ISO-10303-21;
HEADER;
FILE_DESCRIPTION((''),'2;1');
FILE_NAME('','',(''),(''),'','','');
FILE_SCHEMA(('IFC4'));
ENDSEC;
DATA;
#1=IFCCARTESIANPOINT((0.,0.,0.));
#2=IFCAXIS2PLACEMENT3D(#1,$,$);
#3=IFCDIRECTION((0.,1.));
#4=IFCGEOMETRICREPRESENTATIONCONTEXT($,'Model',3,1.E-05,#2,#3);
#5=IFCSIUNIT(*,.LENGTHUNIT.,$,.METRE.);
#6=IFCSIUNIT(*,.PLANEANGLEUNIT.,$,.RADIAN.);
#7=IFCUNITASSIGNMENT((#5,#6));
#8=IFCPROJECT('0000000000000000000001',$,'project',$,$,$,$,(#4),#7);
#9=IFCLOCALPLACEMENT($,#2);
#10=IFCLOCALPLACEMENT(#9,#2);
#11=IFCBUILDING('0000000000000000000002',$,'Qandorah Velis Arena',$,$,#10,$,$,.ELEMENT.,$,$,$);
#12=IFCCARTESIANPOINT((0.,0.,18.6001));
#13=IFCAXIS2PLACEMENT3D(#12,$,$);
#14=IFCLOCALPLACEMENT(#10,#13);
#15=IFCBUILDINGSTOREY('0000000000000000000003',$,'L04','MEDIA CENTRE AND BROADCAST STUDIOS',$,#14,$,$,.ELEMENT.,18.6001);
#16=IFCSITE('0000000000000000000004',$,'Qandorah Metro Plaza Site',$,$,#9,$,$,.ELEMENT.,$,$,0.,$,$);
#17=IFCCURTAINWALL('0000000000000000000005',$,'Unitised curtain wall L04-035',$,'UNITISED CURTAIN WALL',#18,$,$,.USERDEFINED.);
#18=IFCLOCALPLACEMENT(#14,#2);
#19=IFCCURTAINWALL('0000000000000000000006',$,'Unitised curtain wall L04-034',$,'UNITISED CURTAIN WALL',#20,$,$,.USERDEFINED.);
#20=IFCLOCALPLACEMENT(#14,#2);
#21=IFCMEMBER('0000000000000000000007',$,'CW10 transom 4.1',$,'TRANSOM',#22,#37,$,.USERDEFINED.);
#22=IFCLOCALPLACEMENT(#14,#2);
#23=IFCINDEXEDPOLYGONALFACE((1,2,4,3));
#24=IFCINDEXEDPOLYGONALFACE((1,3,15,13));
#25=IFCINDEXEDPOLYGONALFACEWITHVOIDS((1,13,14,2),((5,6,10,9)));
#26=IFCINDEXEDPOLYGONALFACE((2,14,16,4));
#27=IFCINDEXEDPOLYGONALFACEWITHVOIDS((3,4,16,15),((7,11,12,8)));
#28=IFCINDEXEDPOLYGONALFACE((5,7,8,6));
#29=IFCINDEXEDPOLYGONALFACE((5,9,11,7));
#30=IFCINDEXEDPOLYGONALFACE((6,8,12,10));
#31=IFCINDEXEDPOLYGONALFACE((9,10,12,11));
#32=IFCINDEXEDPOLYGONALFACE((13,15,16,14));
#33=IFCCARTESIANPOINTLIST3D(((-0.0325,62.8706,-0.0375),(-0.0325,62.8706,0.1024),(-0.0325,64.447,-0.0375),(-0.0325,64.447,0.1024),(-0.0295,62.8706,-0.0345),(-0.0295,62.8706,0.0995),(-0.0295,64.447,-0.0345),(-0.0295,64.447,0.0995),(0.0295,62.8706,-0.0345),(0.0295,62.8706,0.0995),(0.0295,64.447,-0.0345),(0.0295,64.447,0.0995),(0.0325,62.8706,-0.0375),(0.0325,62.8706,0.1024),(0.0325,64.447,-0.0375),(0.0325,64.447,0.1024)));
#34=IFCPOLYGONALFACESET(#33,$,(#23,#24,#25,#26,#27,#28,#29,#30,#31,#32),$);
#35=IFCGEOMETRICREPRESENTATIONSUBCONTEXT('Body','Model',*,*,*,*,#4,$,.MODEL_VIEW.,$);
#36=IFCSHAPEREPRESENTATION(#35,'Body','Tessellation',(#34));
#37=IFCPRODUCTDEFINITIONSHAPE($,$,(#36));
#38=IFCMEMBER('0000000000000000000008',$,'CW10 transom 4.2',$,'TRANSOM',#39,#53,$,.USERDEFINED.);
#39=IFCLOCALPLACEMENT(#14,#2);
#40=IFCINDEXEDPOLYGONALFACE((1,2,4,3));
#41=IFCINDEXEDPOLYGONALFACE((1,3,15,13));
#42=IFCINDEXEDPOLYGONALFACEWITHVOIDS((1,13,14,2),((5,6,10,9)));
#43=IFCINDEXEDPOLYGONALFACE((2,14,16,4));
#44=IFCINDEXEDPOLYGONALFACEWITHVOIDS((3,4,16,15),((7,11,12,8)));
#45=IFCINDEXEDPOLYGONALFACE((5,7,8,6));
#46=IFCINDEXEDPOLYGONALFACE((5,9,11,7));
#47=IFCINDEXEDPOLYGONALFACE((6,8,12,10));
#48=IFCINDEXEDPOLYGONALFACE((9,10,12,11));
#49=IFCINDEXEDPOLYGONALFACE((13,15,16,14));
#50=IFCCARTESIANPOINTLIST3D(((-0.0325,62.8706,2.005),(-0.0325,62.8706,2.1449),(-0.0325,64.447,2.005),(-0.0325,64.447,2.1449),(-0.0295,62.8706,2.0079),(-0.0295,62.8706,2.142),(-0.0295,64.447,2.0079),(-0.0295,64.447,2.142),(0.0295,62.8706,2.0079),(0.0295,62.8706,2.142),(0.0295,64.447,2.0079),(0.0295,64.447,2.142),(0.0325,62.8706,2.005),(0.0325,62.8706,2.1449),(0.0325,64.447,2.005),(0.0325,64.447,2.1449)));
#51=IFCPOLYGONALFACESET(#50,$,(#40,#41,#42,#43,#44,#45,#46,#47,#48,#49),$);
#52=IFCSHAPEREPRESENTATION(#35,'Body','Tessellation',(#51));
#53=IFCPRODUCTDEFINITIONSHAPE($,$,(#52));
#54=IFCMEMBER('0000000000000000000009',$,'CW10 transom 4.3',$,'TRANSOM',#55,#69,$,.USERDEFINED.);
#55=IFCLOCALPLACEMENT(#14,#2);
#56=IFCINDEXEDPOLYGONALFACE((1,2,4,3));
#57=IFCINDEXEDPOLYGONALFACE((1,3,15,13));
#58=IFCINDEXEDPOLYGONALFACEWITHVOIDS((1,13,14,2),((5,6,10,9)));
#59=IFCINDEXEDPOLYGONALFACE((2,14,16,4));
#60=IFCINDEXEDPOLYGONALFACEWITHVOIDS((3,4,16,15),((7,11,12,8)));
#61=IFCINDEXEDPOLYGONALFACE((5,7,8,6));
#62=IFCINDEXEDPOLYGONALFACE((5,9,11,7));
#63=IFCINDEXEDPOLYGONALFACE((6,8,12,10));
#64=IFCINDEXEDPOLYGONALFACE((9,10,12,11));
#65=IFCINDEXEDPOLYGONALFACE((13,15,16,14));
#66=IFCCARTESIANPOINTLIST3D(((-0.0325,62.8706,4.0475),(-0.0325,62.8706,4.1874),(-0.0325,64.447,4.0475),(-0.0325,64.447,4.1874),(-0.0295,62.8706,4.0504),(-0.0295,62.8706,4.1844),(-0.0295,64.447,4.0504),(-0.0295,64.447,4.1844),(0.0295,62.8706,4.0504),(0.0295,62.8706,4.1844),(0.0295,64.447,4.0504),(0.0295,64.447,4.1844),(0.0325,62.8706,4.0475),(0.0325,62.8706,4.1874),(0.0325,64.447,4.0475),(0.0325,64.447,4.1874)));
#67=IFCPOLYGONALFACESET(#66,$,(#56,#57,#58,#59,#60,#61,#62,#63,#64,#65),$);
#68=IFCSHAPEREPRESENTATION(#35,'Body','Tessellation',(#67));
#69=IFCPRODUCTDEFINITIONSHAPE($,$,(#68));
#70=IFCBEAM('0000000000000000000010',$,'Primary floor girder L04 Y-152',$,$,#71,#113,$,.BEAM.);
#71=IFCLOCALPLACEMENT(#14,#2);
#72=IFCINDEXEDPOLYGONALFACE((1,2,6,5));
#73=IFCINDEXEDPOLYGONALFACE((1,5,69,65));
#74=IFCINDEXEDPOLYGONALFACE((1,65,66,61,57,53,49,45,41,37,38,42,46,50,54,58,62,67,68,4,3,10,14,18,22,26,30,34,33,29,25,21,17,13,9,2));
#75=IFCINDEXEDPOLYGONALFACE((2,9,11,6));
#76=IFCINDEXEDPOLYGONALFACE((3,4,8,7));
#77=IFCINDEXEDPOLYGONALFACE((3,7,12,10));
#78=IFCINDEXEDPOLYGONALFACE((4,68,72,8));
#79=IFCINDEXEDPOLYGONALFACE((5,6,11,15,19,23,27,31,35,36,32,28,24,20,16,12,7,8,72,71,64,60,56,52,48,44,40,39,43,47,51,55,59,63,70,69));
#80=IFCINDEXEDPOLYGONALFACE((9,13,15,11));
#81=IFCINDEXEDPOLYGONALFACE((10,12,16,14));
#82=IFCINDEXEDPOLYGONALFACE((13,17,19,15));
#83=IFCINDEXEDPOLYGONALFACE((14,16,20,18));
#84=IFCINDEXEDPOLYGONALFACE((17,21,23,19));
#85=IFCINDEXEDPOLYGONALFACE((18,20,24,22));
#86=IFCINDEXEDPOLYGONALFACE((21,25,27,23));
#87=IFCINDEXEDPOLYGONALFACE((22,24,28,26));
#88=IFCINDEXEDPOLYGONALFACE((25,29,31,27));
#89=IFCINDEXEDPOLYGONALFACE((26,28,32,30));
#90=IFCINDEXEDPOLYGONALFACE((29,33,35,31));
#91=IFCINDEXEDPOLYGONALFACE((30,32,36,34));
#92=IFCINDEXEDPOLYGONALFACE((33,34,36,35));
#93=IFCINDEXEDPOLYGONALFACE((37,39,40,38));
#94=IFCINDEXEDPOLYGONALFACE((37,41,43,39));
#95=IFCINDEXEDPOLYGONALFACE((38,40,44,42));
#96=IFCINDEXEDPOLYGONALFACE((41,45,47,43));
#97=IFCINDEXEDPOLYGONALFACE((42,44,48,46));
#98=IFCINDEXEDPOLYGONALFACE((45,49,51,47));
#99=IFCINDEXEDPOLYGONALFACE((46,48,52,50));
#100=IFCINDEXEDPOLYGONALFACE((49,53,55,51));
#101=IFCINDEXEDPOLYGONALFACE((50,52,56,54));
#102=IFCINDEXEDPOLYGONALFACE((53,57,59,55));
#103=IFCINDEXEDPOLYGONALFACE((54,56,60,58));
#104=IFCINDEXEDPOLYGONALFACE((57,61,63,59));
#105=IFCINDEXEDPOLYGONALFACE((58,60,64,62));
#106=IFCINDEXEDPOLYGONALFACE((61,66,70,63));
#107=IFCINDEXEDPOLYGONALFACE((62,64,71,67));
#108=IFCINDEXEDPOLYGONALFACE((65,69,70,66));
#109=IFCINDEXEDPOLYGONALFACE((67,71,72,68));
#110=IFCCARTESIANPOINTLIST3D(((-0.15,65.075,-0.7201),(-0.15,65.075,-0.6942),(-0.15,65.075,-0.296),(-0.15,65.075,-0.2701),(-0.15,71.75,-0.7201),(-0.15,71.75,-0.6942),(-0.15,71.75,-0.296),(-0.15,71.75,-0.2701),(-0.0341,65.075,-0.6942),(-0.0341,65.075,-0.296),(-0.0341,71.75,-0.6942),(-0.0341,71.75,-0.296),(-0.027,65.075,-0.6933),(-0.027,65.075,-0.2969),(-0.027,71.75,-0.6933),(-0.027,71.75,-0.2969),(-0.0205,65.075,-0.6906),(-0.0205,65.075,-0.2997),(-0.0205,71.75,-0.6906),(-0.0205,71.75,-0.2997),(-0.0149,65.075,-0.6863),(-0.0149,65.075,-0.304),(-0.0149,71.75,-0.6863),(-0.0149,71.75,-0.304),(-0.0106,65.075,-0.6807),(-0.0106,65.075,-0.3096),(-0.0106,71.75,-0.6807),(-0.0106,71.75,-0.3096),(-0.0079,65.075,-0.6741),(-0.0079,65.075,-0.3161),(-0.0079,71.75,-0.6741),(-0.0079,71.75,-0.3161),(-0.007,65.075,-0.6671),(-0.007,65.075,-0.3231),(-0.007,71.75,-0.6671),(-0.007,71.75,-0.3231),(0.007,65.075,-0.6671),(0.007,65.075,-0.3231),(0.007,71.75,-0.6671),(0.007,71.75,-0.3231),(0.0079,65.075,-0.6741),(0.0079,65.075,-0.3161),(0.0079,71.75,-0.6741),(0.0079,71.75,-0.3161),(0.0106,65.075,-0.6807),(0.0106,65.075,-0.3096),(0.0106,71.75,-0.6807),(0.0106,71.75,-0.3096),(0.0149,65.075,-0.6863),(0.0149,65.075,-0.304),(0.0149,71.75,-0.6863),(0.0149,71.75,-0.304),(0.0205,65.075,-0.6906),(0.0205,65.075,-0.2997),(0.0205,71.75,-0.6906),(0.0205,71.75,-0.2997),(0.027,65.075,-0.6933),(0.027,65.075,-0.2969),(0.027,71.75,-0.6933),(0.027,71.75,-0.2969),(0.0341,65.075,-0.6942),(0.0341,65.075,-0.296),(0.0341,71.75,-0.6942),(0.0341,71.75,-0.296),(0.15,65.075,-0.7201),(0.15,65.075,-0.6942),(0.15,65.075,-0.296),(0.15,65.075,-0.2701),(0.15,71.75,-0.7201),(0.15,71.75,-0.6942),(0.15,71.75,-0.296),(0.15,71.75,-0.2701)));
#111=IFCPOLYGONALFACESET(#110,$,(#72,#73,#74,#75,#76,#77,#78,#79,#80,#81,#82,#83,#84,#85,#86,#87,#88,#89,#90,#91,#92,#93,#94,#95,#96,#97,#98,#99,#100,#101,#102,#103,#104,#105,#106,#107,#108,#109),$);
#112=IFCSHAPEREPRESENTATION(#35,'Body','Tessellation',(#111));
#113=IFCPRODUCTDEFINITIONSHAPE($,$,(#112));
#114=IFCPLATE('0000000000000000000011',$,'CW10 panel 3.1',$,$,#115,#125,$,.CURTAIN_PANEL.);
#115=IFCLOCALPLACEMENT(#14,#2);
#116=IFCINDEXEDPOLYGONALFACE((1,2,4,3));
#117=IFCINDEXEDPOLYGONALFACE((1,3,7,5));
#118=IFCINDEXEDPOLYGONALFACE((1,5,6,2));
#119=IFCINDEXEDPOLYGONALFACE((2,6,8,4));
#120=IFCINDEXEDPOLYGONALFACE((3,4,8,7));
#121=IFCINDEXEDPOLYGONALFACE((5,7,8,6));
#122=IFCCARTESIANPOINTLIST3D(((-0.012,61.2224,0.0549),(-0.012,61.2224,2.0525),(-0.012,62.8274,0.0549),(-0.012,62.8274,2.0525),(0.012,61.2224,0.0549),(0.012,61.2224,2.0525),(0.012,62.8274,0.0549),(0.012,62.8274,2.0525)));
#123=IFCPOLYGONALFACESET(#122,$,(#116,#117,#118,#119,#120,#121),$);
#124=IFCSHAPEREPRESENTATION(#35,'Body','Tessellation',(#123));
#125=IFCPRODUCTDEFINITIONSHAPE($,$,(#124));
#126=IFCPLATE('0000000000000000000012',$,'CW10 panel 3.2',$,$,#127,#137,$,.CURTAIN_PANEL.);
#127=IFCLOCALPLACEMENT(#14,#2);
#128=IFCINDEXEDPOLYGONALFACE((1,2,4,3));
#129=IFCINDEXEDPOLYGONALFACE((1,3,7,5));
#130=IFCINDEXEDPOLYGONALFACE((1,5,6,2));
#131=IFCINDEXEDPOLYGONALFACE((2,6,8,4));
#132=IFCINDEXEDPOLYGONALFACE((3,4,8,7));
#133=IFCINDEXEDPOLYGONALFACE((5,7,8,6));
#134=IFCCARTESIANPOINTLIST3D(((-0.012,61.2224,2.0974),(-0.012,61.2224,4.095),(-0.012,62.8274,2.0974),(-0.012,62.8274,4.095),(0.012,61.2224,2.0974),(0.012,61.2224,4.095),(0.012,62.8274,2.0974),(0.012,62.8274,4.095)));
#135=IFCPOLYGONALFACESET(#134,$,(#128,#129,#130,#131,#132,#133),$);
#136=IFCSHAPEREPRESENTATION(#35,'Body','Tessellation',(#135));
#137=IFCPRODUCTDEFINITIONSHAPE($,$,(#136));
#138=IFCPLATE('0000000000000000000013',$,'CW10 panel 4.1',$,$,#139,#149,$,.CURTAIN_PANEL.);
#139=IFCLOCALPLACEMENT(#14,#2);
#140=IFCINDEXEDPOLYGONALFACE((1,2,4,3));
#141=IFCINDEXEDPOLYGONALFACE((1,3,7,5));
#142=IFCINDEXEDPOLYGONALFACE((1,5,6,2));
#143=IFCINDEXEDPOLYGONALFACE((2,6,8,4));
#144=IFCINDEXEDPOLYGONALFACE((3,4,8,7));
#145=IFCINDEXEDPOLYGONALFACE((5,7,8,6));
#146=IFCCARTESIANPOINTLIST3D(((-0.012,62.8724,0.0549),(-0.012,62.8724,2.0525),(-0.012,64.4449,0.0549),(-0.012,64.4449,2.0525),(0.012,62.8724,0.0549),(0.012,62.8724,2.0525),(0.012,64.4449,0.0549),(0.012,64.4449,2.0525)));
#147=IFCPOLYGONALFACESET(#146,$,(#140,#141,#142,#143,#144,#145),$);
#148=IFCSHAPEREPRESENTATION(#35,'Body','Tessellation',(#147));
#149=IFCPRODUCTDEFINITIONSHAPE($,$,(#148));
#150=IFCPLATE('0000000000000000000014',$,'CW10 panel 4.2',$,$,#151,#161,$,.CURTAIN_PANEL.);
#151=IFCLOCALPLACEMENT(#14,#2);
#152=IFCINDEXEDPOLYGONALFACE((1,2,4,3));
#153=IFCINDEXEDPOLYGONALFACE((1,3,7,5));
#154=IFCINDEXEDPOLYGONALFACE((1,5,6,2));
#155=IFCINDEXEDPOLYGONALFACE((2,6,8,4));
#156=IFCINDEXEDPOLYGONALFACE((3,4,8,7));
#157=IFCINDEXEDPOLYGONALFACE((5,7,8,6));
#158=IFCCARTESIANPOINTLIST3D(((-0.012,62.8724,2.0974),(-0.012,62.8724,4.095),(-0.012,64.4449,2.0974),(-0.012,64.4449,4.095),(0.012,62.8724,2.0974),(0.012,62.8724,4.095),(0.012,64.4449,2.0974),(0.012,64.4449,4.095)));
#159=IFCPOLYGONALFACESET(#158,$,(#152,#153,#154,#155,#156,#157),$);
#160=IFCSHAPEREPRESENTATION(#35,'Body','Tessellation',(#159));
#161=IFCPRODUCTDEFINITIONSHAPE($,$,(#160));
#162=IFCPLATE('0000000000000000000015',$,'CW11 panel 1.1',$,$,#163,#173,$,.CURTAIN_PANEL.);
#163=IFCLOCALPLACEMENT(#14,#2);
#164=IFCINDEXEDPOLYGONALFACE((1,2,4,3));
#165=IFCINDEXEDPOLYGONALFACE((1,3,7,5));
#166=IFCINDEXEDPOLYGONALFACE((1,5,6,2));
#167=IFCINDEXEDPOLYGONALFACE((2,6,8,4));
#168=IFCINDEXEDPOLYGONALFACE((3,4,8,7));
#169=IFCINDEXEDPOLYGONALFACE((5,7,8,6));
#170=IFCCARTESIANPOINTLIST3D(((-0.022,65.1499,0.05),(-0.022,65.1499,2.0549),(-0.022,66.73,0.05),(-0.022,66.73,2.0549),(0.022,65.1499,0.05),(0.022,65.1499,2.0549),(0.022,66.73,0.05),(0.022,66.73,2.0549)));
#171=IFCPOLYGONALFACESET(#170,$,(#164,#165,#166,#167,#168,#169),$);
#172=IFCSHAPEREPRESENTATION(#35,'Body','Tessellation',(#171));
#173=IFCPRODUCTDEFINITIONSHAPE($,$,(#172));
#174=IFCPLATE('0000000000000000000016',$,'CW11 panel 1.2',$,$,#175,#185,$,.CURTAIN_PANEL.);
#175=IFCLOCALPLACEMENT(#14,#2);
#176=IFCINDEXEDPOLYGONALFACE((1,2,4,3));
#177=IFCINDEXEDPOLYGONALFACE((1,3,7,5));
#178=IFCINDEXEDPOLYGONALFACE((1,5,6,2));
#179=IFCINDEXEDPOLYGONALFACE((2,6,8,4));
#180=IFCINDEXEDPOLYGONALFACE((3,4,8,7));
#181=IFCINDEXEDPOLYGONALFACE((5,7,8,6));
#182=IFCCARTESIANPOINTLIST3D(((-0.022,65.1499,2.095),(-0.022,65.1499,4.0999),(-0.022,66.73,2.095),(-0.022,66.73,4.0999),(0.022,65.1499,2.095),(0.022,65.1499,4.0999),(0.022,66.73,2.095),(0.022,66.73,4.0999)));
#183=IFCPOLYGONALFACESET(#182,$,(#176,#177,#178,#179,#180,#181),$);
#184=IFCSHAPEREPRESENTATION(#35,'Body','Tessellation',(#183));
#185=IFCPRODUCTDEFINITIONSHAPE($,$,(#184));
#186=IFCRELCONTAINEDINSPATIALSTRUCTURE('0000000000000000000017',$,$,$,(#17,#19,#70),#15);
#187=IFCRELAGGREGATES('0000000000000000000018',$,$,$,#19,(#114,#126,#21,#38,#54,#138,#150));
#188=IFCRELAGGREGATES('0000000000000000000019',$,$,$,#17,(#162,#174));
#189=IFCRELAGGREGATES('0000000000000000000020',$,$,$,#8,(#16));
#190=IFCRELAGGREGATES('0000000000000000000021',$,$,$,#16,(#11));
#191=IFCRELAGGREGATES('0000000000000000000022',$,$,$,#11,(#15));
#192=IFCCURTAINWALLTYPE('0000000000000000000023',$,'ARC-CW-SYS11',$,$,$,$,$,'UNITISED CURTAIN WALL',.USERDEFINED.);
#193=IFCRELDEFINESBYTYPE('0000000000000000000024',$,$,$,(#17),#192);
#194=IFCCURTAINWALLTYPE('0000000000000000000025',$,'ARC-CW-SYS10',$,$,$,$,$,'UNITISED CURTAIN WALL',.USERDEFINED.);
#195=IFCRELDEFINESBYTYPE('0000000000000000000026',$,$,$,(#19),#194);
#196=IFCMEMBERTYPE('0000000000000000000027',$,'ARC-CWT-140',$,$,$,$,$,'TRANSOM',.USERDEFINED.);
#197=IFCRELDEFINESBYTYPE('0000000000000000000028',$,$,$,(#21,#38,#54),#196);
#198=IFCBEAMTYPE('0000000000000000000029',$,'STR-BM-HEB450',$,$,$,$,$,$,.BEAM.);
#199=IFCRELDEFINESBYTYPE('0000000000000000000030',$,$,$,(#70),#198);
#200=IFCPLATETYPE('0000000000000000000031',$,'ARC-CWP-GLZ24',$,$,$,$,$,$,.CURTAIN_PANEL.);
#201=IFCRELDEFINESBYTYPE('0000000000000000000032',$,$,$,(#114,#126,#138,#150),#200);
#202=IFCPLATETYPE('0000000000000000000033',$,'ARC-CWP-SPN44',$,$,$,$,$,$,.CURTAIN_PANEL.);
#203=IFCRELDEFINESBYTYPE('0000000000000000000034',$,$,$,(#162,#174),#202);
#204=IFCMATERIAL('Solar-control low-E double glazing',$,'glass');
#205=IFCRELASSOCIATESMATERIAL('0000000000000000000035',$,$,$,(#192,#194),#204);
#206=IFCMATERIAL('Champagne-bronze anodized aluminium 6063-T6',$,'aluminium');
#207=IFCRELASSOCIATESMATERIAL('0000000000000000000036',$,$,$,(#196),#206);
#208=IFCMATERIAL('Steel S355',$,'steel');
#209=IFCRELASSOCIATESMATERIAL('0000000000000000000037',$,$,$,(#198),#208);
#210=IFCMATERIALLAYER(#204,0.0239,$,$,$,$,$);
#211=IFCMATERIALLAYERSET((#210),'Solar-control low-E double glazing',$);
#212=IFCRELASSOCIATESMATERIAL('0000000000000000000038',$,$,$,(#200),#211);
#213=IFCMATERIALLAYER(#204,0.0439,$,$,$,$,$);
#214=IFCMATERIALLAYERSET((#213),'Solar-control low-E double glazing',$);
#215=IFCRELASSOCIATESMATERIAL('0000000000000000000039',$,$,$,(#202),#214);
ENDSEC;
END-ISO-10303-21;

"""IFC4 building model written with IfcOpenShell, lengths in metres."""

from ifc_helpers import new_model, si_unit, direction, frame, origin, origin_2d, place, context, subcontext, project, spatial, rectangle, hollow_rectangle, i_section, extrude, material, layer, layer_set, material_profile, profile_set, type_object, element, aggregate, save


model = new_model("IFC4")

# Units and contexts
model_context = context("Model", 3, precision=1e-05, world=origin(), true_north=direction((0.0, 1.0)))
body_context = subcontext(model_context, "Body", "Model", "MODEL_VIEW")
ifc_project = project(units=[si_unit("LENGTHUNIT", "METRE"), si_unit("PLANEANGLEUNIT", "RADIAN")], contexts=[model_context])

# Site, building, storey
site_placement = place(None, origin())
site = spatial("IfcSite", under=ifc_project, at=site_placement, Name="Qandorah Metro Plaza Site", CompositionType="ELEMENT", RefElevation=0.0)
building_placement = place(site_placement, origin())
building = spatial("IfcBuilding", under=site, at=building_placement, Name="Qandorah Velis Arena", CompositionType="ELEMENT")
storey_placement = place(building_placement, frame((0.0, 0.0, 18.6001)))
storey = spatial("IfcBuildingStorey", under=building, at=storey_placement, Name="L04", Description="MEDIA CENTRE AND BROADCAST STUDIOS", CompositionType="ELEMENT", Elevation=18.6001)

# Curtain walls
ifc_material_1 = material(Name="Solar-control low-E double glazing", Category="glass")
curtain_wall_type_1 = type_object("IfcCurtainWallType", Name="ARC-CW-SYS11", ElementType="UNITISED CURTAIN WALL", PredefinedType="USERDEFINED", material=ifc_material_1)
curtain_wall_1_placement = place(storey_placement, origin())
curtain_wall_1 = element("IfcCurtainWall", 1, at=curtain_wall_1_placement, inside=storey, type_object=curtain_wall_type_1, Name="Unitised curtain wall L04-035", ObjectType="UNITISED CURTAIN WALL", PredefinedType="USERDEFINED")
ifc_material_2 = material(Name="Champagne-bronze anodized aluminium 6063-T6", Category="aluminium")
curtain_wall_type_2 = type_object("IfcCurtainWallType", Name="ARC-CW-SYS10", ElementType="UNITISED CURTAIN WALL", PredefinedType="USERDEFINED", material=ifc_material_1)
curtain_wall_2_placement = place(storey_placement, origin())
curtain_wall_2 = element("IfcCurtainWall", 2, at=curtain_wall_2_placement, inside=storey, type_object=curtain_wall_type_2, Name="Unitised curtain wall L04-034", ObjectType="UNITISED CURTAIN WALL", PredefinedType="USERDEFINED")

# Members
ifc_material_profile_1 = material_profile(ifc_material_2, hollow_rectangle(XDim=0.0649, YDim=0.1399, WallThickness=0.0029, at=origin_2d()), Name="ALU TRANSOM 65x140")
ifc_profile_set_1 = profile_set([ifc_material_profile_1], Name="Champagne-bronze anodized aluminium 6063-T6")
member_type_1 = type_object("IfcMemberType", Name="ARC-CWT-140", ElementType="TRANSOM", PredefinedType="USERDEFINED", material=ifc_profile_set_1)
member_1_placement = place(storey_placement, frame((0.0, 62.8706, 0.0325), z_axis=(0.0, 1.0, 0.0), x_axis=(-1.0, 0.0, 0.0)))
member_1 = element("IfcMember", 3, at=member_1_placement, type_object=member_type_1, Name="CW10 transom 4.1", ObjectType="TRANSOM", PredefinedType="USERDEFINED", context=body_context, shape_type="SweptSolid", body=[
    extrude(hollow_rectangle(XDim=0.0649, YDim=0.1399, WallThickness=0.0029, at=origin_2d()), origin(), (0.0, 0.0, 1.0), 1.5764),
])
member_2_placement = place(storey_placement, frame((0.0, 62.8706, 2.075), z_axis=(0.0, 1.0, 0.0), x_axis=(-1.0, 0.0, 0.0)))
member_2 = element("IfcMember", 4, at=member_2_placement, type_object=member_type_1, Name="CW10 transom 4.2", ObjectType="TRANSOM", PredefinedType="USERDEFINED", context=body_context, shape_type="SweptSolid", body=[
    extrude(hollow_rectangle(XDim=0.0649, YDim=0.1399, WallThickness=0.0029, at=origin_2d()), origin(), (0.0, 0.0, 1.0), 1.5764),
])
member_3_placement = place(storey_placement, frame((0.0, 62.8706, 4.1174), z_axis=(0.0, 1.0, 0.0), x_axis=(-1.0, 0.0, 0.0)))
member_3 = element("IfcMember", 5, at=member_3_placement, type_object=member_type_1, Name="CW10 transom 4.3", ObjectType="TRANSOM", PredefinedType="USERDEFINED", context=body_context, shape_type="SweptSolid", body=[
    extrude(hollow_rectangle(XDim=0.0649, YDim=0.1399, WallThickness=0.0029, at=origin_2d()), origin(), (0.0, 0.0, 1.0), 1.5764),
])

# Beam
ifc_material_3 = material(Name="Steel S355", Category="steel")
ifc_material_profile_2 = material_profile(ifc_material_3, i_section(OverallWidth=0.3, OverallDepth=0.45, WebThickness=0.0139, FlangeThickness=0.0259, FilletRadius=0.0271, at=origin_2d()), Name="HEB 450")
ifc_profile_set_2 = profile_set([ifc_material_profile_2], Name="Steel S355")
beam_type = type_object("IfcBeamType", Name="STR-BM-HEB450", PredefinedType="BEAM", material=ifc_profile_set_2)
beam_placement = place(storey_placement, frame((0.0, 65.075, -0.4951), z_axis=(0.0, 1.0, 0.0), x_axis=(-1.0, 0.0, 0.0)))
element("IfcBeam", 6, at=beam_placement, inside=storey, type_object=beam_type, Name="Primary floor girder L04 Y-152", PredefinedType="BEAM", context=body_context, shape_type="SweptSolid", body=[
    extrude(i_section(OverallWidth=0.3, OverallDepth=0.45, WebThickness=0.0139, FlangeThickness=0.0259, FilletRadius=0.0271, at=origin_2d()), origin(), (0.0, 0.0, 1.0), 6.675),
])

# Plates
ifc_layer_1 = layer(ifc_material_1, 0.0239)
ifc_layer_set_1 = layer_set([ifc_layer_1], Name="Solar-control low-E double glazing")
plate_type_1 = type_object("IfcPlateType", Name="ARC-CWP-GLZ24", PredefinedType="CURTAIN_PANEL", material=ifc_layer_set_1)
plate_1_placement = place(storey_placement, frame((0.0, 62.0249, 0.0549), z_axis=(0.0, 0.0, 1.0), x_axis=(0.0, 1.0, 0.0)))
plate_1 = element("IfcPlate", 7, at=plate_1_placement, type_object=plate_type_1, Name="CW10 panel 3.1", PredefinedType="CURTAIN_PANEL", context=body_context, shape_type="SweptSolid", body=[
    extrude(rectangle(XDim=1.605, YDim=0.0239, at=origin_2d()), origin(), (0.0, 0.0, 1.0), 1.9976),
])
plate_2_placement = place(storey_placement, frame((0.0, 62.0249, 2.0974), z_axis=(0.0, 0.0, 1.0), x_axis=(0.0, 1.0, 0.0)))
plate_2 = element("IfcPlate", 8, at=plate_2_placement, type_object=plate_type_1, Name="CW10 panel 3.2", PredefinedType="CURTAIN_PANEL", context=body_context, shape_type="SweptSolid", body=[
    extrude(rectangle(XDim=1.605, YDim=0.0239, at=origin_2d()), origin(), (0.0, 0.0, 1.0), 1.9976),
])
plate_3_placement = place(storey_placement, frame((0.0, 63.6587, 0.0549), z_axis=(0.0, 0.0, 1.0), x_axis=(0.0, 1.0, 0.0)))
plate_3 = element("IfcPlate", 9, at=plate_3_placement, type_object=plate_type_1, Name="CW10 panel 4.1", PredefinedType="CURTAIN_PANEL", context=body_context, shape_type="SweptSolid", body=[
    extrude(rectangle(XDim=1.5725, YDim=0.0239, at=origin_2d()), origin(), (0.0, 0.0, 1.0), 1.9976),
])
plate_4_placement = place(storey_placement, frame((0.0, 63.6587, 2.0974), z_axis=(0.0, 0.0, 1.0), x_axis=(0.0, 1.0, 0.0)))
plate_4 = element("IfcPlate", 10, at=plate_4_placement, type_object=plate_type_1, Name="CW10 panel 4.2", PredefinedType="CURTAIN_PANEL", context=body_context, shape_type="SweptSolid", body=[
    extrude(rectangle(XDim=1.5725, YDim=0.0239, at=origin_2d()), origin(), (0.0, 0.0, 1.0), 1.9976),
])
aggregate(curtain_wall_2, [plate_1, plate_2, member_1, member_2, member_3, plate_3, plate_4])
ifc_layer_2 = layer(ifc_material_1, 0.0439)
ifc_layer_set_2 = layer_set([ifc_layer_2], Name="Solar-control low-E double glazing")
plate_type_2 = type_object("IfcPlateType", Name="ARC-CWP-SPN44", PredefinedType="CURTAIN_PANEL", material=ifc_layer_set_2)
plate_5_placement = place(storey_placement, frame((0.0, 65.9399, 0.05), z_axis=(0.0, 0.0, 1.0), x_axis=(0.0, 1.0, 0.0)))
plate_5 = element("IfcPlate", 11, at=plate_5_placement, type_object=plate_type_2, Name="CW11 panel 1.1", PredefinedType="CURTAIN_PANEL", context=body_context, shape_type="SweptSolid", body=[
    extrude(rectangle(XDim=1.5801, YDim=0.0439, at=origin_2d()), origin(), (0.0, 0.0, 1.0), 2.0049),
])
plate_6_placement = place(storey_placement, frame((0.0, 65.9399, 2.095), z_axis=(0.0, 0.0, 1.0), x_axis=(0.0, 1.0, 0.0)))
plate_6 = element("IfcPlate", 12, at=plate_6_placement, type_object=plate_type_2, Name="CW11 panel 1.2", PredefinedType="CURTAIN_PANEL", context=body_context, shape_type="SweptSolid", body=[
    extrude(rectangle(XDim=1.5801, YDim=0.0439, at=origin_2d()), origin(), (0.0, 0.0, 1.0), 2.0049),
])
aggregate(curtain_wall_1, [plate_5, plate_6])

save(model, "model.ifc")
